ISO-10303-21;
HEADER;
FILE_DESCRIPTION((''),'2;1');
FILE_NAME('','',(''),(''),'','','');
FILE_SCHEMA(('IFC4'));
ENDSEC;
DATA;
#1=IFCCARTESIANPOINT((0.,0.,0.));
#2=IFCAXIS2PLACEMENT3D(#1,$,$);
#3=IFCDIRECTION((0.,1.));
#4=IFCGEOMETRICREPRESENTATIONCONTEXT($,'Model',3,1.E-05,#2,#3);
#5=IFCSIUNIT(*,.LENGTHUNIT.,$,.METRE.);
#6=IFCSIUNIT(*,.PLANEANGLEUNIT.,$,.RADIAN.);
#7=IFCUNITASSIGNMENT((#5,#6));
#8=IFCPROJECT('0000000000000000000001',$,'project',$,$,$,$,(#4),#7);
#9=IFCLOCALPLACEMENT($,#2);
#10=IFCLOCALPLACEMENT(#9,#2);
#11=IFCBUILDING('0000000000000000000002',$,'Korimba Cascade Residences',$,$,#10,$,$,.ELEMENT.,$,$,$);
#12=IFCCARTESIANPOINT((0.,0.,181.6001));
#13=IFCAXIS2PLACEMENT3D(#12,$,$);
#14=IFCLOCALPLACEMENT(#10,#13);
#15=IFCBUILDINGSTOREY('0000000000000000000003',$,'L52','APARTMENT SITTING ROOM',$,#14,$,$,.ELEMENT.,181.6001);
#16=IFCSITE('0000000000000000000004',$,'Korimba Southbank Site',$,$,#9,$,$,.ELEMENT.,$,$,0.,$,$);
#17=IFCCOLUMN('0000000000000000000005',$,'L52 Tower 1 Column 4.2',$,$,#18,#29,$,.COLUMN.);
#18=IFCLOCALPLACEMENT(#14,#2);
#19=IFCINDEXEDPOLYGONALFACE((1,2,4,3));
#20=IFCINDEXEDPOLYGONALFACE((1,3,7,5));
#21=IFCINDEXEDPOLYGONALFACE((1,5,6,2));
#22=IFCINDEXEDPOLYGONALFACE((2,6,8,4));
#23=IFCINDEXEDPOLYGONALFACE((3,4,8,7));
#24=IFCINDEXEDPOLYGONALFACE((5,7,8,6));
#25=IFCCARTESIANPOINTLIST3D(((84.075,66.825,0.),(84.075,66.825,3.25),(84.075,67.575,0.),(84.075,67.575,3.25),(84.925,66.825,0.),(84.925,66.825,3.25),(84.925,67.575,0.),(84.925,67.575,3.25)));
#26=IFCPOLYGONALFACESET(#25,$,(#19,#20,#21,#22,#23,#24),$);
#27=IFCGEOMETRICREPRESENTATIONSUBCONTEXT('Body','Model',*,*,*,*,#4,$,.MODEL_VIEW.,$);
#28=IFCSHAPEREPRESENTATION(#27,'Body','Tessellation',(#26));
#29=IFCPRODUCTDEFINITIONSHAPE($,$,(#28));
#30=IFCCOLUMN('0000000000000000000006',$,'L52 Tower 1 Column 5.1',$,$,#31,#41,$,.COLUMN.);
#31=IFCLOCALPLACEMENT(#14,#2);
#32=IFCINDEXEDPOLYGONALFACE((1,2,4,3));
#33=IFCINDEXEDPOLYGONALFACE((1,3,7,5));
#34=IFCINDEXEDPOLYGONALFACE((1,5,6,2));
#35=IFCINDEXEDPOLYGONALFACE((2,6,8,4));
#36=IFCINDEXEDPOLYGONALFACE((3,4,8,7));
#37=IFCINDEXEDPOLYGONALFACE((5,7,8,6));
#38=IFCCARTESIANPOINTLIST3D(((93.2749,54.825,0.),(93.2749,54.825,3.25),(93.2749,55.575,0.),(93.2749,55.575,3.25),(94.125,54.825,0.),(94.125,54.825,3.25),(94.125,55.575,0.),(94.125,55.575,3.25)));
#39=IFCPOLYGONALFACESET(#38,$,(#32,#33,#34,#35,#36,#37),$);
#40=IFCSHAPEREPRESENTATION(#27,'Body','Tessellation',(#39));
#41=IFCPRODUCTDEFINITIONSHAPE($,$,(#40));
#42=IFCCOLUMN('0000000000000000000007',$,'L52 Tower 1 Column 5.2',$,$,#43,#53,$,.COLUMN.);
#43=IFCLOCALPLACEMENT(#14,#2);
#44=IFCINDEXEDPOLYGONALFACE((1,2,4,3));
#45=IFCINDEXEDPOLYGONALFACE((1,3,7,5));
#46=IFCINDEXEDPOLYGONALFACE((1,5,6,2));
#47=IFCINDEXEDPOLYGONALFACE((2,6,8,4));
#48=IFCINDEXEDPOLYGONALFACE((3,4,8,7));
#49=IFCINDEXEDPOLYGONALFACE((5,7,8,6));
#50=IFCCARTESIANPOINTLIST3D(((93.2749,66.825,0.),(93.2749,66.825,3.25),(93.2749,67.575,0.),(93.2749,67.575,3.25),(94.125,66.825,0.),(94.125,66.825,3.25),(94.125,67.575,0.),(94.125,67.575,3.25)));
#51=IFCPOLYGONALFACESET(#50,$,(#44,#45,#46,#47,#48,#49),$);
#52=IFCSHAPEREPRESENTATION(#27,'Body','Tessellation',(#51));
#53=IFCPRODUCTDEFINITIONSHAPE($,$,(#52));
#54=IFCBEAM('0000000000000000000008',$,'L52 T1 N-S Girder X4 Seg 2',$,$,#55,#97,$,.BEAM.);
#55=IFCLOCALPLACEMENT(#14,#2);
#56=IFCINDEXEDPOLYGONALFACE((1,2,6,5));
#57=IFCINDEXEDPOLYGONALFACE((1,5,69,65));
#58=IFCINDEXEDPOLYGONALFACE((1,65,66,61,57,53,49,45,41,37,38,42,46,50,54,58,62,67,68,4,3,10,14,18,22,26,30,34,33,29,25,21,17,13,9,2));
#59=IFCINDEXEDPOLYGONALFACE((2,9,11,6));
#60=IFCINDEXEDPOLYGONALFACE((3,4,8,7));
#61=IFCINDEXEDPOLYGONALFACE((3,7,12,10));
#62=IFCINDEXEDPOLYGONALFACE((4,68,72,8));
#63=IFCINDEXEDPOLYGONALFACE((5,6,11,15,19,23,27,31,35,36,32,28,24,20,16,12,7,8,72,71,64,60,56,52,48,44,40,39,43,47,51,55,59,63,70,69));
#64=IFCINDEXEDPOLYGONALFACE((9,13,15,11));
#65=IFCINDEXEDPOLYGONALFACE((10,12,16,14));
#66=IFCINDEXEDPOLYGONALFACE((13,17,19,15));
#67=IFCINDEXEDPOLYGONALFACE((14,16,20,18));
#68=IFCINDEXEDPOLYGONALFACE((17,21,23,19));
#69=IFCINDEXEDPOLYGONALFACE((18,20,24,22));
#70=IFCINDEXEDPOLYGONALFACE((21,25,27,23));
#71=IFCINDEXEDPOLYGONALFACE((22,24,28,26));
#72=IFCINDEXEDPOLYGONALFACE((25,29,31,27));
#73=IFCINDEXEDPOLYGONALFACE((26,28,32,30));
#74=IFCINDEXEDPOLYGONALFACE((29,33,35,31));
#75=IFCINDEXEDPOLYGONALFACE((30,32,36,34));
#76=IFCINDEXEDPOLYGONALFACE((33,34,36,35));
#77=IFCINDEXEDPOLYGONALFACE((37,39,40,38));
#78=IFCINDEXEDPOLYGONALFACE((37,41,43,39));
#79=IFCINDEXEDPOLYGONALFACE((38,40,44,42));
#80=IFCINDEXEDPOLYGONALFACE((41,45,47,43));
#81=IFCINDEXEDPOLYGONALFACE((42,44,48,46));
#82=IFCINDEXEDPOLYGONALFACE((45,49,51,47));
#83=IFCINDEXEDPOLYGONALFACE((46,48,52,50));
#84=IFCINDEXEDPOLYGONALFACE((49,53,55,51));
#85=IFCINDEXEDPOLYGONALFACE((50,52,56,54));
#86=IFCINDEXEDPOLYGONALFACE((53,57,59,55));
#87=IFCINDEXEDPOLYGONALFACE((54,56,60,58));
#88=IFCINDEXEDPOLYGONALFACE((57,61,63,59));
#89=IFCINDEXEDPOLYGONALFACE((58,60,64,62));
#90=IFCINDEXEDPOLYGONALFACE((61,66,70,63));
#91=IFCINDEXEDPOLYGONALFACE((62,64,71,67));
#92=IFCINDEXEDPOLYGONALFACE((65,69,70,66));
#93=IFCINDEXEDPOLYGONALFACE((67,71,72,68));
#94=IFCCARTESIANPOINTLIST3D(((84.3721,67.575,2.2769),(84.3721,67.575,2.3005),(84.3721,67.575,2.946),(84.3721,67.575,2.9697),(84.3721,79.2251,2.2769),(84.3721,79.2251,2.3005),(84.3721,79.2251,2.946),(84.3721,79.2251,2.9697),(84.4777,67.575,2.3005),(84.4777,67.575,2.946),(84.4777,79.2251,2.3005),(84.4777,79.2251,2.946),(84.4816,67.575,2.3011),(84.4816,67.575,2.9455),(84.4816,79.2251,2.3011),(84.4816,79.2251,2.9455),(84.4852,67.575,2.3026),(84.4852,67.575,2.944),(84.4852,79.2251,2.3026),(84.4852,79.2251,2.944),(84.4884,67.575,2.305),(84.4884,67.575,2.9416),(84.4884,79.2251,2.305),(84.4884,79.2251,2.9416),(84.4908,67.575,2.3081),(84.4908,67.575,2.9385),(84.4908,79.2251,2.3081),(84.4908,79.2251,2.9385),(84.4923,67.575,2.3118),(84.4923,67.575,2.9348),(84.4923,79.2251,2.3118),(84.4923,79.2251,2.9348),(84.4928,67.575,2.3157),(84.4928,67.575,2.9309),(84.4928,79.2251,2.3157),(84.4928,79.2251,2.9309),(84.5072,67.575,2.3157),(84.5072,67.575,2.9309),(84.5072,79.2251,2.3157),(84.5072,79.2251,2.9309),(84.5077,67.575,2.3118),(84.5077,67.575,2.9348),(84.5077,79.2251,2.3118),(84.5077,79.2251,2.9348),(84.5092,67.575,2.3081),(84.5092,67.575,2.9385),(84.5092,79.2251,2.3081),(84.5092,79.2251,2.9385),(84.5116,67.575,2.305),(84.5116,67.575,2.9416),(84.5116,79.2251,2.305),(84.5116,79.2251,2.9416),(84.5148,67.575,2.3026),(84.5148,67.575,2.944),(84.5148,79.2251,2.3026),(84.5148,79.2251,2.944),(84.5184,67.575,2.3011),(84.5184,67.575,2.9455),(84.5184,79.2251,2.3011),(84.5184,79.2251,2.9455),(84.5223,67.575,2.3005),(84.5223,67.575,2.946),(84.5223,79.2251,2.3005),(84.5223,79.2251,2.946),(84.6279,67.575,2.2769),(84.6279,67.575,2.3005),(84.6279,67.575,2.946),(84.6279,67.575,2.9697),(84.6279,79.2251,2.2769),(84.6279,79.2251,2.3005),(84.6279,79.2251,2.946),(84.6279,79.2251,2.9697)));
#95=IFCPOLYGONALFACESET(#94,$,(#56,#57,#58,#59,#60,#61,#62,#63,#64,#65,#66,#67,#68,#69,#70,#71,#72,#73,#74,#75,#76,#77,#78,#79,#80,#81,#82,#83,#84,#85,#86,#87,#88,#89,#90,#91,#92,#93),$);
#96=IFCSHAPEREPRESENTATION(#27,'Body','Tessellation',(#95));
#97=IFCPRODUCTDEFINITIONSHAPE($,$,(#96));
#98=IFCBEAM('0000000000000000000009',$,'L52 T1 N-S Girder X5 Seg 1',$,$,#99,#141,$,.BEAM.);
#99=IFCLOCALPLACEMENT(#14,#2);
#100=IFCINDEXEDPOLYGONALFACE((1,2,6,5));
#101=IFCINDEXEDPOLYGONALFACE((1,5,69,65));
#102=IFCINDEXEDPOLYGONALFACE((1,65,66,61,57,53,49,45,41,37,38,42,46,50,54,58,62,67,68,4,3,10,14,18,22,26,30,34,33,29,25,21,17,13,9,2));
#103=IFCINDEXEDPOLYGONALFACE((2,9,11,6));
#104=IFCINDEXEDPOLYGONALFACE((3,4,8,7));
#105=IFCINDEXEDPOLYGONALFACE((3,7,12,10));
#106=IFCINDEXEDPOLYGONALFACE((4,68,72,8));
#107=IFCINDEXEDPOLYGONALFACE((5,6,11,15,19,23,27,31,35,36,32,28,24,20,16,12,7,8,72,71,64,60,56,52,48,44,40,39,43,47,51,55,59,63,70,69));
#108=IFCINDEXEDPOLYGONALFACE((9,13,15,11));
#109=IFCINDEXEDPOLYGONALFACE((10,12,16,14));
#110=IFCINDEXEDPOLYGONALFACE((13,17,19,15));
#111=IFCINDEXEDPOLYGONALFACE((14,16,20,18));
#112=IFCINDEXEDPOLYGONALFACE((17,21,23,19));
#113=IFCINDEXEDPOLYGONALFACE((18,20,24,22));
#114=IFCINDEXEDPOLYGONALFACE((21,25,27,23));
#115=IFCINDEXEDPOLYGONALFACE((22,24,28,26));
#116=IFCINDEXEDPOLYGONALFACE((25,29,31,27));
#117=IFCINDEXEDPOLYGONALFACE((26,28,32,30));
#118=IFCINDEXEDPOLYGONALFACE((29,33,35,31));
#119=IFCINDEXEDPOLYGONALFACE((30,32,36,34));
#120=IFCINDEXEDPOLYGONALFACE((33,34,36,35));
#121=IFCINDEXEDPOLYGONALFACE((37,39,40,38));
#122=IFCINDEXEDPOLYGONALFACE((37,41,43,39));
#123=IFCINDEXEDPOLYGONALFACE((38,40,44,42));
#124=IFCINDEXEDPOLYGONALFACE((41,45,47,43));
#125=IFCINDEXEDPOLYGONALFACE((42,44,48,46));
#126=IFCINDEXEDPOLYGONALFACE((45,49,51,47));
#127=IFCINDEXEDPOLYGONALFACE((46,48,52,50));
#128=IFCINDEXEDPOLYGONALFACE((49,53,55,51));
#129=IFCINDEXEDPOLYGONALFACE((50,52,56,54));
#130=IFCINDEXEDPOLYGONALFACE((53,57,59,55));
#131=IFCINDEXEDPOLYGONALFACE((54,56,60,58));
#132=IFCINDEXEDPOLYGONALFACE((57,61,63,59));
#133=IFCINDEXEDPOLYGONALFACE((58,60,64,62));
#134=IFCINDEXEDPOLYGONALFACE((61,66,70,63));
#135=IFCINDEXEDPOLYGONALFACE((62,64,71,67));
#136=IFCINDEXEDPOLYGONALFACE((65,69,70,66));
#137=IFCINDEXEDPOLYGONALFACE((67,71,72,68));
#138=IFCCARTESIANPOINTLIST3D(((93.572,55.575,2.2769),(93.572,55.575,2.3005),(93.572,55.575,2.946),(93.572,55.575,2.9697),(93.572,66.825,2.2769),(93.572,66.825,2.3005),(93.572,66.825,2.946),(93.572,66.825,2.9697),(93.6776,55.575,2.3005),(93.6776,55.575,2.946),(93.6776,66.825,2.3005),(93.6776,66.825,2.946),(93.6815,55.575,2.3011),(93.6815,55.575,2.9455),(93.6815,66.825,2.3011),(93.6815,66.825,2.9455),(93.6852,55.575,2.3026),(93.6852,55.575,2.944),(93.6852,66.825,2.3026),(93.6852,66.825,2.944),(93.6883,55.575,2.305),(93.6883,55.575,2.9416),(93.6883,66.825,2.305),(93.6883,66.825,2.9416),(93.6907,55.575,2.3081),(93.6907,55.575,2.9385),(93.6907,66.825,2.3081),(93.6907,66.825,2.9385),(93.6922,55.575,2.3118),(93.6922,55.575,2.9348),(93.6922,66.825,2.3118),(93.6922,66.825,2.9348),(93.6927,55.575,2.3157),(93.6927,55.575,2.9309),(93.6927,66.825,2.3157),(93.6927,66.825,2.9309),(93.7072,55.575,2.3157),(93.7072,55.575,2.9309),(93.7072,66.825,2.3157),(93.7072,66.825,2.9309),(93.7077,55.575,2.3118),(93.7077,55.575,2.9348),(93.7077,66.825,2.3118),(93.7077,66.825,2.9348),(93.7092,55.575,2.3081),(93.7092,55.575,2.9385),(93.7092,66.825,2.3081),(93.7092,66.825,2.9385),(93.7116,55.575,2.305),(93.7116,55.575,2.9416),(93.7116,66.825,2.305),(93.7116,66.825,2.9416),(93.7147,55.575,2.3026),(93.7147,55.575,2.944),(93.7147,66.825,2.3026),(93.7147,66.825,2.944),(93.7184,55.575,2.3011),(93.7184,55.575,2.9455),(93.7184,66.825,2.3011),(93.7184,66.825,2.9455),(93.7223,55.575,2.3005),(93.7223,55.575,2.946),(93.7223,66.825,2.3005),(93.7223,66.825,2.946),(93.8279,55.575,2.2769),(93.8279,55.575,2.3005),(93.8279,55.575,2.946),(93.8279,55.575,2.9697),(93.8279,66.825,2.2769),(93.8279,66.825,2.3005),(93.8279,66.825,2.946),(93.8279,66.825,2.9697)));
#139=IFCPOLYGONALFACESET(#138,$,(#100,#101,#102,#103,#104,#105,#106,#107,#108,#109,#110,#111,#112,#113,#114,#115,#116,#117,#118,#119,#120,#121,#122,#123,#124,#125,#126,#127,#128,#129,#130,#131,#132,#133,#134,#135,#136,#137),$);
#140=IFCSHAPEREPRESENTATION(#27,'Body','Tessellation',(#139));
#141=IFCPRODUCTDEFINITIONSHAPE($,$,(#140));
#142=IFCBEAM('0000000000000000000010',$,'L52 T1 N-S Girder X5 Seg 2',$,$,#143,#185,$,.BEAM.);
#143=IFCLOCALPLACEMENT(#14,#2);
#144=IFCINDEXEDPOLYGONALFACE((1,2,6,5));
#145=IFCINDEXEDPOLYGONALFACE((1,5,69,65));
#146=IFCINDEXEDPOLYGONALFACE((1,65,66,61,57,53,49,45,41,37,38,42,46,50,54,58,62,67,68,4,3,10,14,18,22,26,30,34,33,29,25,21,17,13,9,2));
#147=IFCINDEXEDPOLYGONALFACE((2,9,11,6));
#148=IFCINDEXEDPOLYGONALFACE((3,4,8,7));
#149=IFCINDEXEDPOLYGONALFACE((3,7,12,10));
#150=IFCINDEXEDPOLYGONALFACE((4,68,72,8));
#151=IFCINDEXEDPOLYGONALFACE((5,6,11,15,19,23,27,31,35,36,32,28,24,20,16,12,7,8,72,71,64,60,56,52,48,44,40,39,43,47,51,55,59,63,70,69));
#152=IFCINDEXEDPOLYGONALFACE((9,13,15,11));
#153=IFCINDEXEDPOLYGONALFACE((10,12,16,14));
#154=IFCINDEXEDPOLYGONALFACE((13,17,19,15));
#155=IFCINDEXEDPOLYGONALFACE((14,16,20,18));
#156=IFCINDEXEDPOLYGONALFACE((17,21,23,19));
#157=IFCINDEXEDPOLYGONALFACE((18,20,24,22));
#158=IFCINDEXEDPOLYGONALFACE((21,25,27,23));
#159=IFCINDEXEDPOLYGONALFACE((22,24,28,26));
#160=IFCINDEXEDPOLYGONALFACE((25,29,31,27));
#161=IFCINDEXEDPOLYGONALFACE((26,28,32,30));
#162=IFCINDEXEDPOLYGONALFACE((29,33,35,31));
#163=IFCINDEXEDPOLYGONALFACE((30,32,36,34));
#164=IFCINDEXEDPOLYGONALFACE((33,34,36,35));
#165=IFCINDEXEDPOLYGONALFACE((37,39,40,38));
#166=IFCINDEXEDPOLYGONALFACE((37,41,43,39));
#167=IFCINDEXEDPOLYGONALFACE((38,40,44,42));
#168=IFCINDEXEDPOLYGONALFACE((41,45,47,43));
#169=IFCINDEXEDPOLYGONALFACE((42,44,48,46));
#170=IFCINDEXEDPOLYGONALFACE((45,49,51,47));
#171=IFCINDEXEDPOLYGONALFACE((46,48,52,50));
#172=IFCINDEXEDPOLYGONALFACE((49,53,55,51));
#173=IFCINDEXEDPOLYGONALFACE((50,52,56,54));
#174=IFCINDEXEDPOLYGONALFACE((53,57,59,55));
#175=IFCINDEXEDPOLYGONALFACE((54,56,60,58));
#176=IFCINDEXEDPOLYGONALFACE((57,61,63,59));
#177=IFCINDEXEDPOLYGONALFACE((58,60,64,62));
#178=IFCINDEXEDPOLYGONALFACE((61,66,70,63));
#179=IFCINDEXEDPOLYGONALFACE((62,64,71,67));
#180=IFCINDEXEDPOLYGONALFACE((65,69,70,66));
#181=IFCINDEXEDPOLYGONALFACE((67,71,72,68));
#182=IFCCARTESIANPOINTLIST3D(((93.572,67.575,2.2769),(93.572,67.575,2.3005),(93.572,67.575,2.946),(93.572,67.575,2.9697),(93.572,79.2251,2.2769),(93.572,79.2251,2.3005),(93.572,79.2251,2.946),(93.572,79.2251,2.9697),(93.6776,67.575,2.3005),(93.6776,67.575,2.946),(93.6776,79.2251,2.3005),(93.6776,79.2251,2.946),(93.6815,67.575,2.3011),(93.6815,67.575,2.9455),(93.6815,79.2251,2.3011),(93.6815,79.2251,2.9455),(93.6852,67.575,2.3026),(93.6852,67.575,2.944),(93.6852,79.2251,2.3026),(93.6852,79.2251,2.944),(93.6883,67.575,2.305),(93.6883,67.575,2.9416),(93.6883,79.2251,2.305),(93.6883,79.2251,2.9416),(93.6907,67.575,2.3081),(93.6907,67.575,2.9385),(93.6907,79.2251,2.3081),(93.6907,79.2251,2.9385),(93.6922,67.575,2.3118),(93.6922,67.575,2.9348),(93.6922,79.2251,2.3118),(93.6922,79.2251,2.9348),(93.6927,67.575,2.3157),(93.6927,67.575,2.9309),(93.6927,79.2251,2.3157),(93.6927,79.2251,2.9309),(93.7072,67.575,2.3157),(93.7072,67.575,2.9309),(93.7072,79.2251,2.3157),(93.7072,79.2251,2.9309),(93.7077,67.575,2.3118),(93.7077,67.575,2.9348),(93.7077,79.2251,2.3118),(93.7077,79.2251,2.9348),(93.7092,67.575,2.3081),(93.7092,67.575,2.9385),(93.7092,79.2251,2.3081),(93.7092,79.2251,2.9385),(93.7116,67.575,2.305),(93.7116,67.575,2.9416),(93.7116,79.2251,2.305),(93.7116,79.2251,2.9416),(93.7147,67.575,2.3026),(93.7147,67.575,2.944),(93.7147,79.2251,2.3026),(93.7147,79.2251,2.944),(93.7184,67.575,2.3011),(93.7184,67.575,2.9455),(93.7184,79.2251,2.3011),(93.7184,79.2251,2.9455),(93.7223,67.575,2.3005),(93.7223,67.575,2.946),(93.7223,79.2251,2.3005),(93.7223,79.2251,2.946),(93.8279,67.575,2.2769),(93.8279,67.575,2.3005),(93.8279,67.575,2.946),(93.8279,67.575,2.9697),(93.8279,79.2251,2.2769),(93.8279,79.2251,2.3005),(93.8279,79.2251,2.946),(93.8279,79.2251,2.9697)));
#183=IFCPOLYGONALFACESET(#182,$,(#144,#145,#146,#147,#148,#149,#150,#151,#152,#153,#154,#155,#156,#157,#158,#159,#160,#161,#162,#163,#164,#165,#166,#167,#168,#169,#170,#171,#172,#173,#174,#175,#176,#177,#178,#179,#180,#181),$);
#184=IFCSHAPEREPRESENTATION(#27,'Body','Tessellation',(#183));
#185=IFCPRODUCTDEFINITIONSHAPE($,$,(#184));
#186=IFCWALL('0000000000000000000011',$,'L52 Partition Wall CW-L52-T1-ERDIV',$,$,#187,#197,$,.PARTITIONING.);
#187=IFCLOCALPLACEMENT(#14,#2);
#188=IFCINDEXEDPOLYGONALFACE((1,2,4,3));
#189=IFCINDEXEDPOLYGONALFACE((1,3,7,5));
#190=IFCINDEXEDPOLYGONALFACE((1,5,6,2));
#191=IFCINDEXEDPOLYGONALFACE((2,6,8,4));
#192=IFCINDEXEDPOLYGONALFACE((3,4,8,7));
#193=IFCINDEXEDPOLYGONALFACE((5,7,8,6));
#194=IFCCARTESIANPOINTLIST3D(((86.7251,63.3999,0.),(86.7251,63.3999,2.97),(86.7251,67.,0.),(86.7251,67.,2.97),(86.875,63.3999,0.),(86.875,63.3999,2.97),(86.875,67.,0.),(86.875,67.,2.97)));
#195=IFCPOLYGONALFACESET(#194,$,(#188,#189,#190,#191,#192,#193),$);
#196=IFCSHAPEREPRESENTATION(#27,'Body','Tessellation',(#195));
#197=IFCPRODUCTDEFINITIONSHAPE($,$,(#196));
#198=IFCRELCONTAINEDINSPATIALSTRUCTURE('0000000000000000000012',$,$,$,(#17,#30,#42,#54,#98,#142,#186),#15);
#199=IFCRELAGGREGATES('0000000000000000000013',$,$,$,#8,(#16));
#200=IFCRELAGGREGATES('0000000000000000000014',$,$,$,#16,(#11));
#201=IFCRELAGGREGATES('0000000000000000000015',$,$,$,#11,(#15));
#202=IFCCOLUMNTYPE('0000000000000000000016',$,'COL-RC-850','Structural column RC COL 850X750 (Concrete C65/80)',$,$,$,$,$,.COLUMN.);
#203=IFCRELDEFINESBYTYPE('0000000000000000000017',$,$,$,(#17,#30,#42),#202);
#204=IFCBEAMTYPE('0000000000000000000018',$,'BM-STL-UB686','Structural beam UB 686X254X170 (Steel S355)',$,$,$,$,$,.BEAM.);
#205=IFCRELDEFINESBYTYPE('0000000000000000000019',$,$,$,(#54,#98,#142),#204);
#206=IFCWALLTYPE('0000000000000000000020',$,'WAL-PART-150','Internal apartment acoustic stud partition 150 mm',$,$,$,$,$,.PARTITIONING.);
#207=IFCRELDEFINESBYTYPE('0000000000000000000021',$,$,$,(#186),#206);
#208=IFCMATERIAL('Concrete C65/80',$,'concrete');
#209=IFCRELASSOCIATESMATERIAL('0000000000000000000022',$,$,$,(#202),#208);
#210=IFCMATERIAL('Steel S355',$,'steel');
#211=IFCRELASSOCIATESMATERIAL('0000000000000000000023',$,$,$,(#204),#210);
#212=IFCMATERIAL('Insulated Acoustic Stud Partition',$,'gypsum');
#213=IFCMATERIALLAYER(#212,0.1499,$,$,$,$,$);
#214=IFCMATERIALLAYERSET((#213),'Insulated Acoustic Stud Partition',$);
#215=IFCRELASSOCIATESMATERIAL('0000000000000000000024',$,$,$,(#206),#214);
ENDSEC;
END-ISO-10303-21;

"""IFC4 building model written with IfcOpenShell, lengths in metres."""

from ifc_helpers import new_model, si_unit, direction, frame, frame_2d, origin, origin_2d, place, context, subcontext, project, spatial, rectangle, i_section, extrude, material, layer, layer_set, material_profile, profile_set, type_object, element, save


model = new_model("IFC4")

# Units and contexts
model_context = context("Model", 3, precision=1e-05, world=origin(), true_north=direction((0.0, 1.0)))
body_context = subcontext(model_context, "Body", "Model", "MODEL_VIEW")
ifc_project = project(units=[si_unit("LENGTHUNIT", "METRE"), si_unit("PLANEANGLEUNIT", "RADIAN")], contexts=[model_context])

# Site, building, storey
site_placement = place(None, origin())
site = spatial("IfcSite", under=ifc_project, at=site_placement, Name="Korimba Southbank Site", CompositionType="ELEMENT", RefElevation=0.0)
building_placement = place(site_placement, origin())
building = spatial("IfcBuilding", under=site, at=building_placement, Name="Korimba Cascade Residences", CompositionType="ELEMENT")
storey_placement = place(building_placement, frame((0.0, 0.0, 181.6001)))
storey = spatial("IfcBuildingStorey", under=building, at=storey_placement, Name="L52", Description="APARTMENT SITTING ROOM", CompositionType="ELEMENT", Elevation=181.6001)

# Columns
ifc_material_1 = material(Name="Concrete C65/80", Category="concrete")
ifc_material_profile_1 = material_profile(ifc_material_1, rectangle(XDim=0.8501, YDim=0.75, at=origin_2d()), Name="Concrete C65/80")
ifc_profile_set_1 = profile_set([ifc_material_profile_1], Name="Concrete C65/80")
column_type = type_object("IfcColumnType", Name="COL-RC-850", Description="Structural column RC COL 850X750 (Concrete C65/80)", PredefinedType="COLUMN", material=ifc_profile_set_1)
for number, where, z_axis, x_axis, name in (
    (1, (84.5, 67.2, 0.0), (0.0, 0.0, 1.0), (1.0, 0.0, 0.0), "L52 Tower 1 Column 4.2"),
    (2, (93.7, 55.2, 0.0), (0.0, 0.0, 1.0), (1.0, 0.0, 0.0), "L52 Tower 1 Column 5.1"),
    (3, (93.7, 67.2, 0.0), (0.0, 0.0, 1.0), (1.0, 0.0, 0.0), "L52 Tower 1 Column 5.2"),
):
    element("IfcColumn", number, at=place(storey_placement, frame(where, z_axis=z_axis, x_axis=x_axis)), inside=storey, type_object=column_type, Name=name, PredefinedType="COLUMN", context=body_context, shape_type="SweptSolid", body=[
        extrude(rectangle(XDim=0.8501, YDim=0.75, at=origin_2d()), origin(), (0.0, 0.0, 1.0), 3.25),
    ])

# Beams
ifc_material_2 = material(Name="Steel S355", Category="steel")
ifc_material_profile_2 = material_profile(ifc_material_2, i_section(OverallWidth=0.2559, OverallDepth=0.6929, WebThickness=0.0144, FlangeThickness=0.0237, FilletRadius=0.0151, at=origin_2d()), Name="Steel S355")
ifc_profile_set_2 = profile_set([ifc_material_profile_2], Name="Steel S355")
beam_type = type_object("IfcBeamType", Name="BM-STL-UB686", Description="Structural beam UB 686X254X170 (Steel S355)", PredefinedType="BEAM", material=ifc_profile_set_2)
beam_1_placement = place(storey_placement, frame((84.5, 67.575, 2.6233), z_axis=(0.0, 1.0, 0.0), x_axis=(-1.0, 0.0, 0.0)))
element("IfcBeam", 4, at=beam_1_placement, inside=storey, type_object=beam_type, Name="L52 T1 N-S Girder X4 Seg 2", PredefinedType="BEAM", context=body_context, shape_type="SweptSolid", body=[
    extrude(i_section(OverallWidth=0.2559, OverallDepth=0.6929, WebThickness=0.0144, FlangeThickness=0.0237, FilletRadius=0.0151, at=origin_2d()), origin(), (0.0, 0.0, 1.0), 11.6501),
])
beam_2_placement = place(storey_placement, frame((93.7, 55.575, 2.6233), z_axis=(0.0, 1.0, 0.0), x_axis=(-1.0, 0.0, 0.0)))
element("IfcBeam", 5, at=beam_2_placement, inside=storey, type_object=beam_type, Name="L52 T1 N-S Girder X5 Seg 1", PredefinedType="BEAM", context=body_context, shape_type="SweptSolid", body=[
    extrude(i_section(OverallWidth=0.2559, OverallDepth=0.6929, WebThickness=0.0144, FlangeThickness=0.0237, FilletRadius=0.0151, at=origin_2d()), origin(), (0.0, 0.0, 1.0), 11.25),
])
beam_3_placement = place(storey_placement, frame((93.7, 67.575, 2.6233), z_axis=(0.0, 1.0, 0.0), x_axis=(-1.0, 0.0, 0.0)))
element("IfcBeam", 6, at=beam_3_placement, inside=storey, type_object=beam_type, Name="L52 T1 N-S Girder X5 Seg 2", PredefinedType="BEAM", context=body_context, shape_type="SweptSolid", body=[
    extrude(i_section(OverallWidth=0.2559, OverallDepth=0.6929, WebThickness=0.0144, FlangeThickness=0.0237, FilletRadius=0.0151, at=origin_2d()), origin(), (0.0, 0.0, 1.0), 11.6501),
])

# Wall
ifc_material_3 = material(Name="Insulated Acoustic Stud Partition", Category="gypsum")
ifc_layer_1 = layer(ifc_material_3, 0.1499)
ifc_layer_set_1 = layer_set([ifc_layer_1], Name="Insulated Acoustic Stud Partition")
wall_type_1 = type_object("IfcWallType", Name="WAL-PART-150", Description="Internal apartment acoustic stud partition 150 mm", PredefinedType="PARTITIONING", material=ifc_layer_set_1)
for number, where, z_axis, x_axis, name in (
    (7, (86.8, 63.3999, 0.0), (0.0, 0.0, 1.0), (0.0, 1.0, 0.0), "L52 Partition Wall CW-L52-T1-ERDIV"),
):
    element("IfcWall", number, at=place(storey_placement, frame(where, z_axis=z_axis, x_axis=x_axis)), inside=storey, type_object=wall_type_1, Name=name, PredefinedType="PARTITIONING", context=body_context, shape_type="SweptSolid", body=[
        extrude(rectangle(XDim=3.6001, YDim=0.1499, at=frame_2d((1.8, 0.0))), origin(), (0.0, 0.0, 1.0), 2.97),
    ])

save(model, "model.ifc")
